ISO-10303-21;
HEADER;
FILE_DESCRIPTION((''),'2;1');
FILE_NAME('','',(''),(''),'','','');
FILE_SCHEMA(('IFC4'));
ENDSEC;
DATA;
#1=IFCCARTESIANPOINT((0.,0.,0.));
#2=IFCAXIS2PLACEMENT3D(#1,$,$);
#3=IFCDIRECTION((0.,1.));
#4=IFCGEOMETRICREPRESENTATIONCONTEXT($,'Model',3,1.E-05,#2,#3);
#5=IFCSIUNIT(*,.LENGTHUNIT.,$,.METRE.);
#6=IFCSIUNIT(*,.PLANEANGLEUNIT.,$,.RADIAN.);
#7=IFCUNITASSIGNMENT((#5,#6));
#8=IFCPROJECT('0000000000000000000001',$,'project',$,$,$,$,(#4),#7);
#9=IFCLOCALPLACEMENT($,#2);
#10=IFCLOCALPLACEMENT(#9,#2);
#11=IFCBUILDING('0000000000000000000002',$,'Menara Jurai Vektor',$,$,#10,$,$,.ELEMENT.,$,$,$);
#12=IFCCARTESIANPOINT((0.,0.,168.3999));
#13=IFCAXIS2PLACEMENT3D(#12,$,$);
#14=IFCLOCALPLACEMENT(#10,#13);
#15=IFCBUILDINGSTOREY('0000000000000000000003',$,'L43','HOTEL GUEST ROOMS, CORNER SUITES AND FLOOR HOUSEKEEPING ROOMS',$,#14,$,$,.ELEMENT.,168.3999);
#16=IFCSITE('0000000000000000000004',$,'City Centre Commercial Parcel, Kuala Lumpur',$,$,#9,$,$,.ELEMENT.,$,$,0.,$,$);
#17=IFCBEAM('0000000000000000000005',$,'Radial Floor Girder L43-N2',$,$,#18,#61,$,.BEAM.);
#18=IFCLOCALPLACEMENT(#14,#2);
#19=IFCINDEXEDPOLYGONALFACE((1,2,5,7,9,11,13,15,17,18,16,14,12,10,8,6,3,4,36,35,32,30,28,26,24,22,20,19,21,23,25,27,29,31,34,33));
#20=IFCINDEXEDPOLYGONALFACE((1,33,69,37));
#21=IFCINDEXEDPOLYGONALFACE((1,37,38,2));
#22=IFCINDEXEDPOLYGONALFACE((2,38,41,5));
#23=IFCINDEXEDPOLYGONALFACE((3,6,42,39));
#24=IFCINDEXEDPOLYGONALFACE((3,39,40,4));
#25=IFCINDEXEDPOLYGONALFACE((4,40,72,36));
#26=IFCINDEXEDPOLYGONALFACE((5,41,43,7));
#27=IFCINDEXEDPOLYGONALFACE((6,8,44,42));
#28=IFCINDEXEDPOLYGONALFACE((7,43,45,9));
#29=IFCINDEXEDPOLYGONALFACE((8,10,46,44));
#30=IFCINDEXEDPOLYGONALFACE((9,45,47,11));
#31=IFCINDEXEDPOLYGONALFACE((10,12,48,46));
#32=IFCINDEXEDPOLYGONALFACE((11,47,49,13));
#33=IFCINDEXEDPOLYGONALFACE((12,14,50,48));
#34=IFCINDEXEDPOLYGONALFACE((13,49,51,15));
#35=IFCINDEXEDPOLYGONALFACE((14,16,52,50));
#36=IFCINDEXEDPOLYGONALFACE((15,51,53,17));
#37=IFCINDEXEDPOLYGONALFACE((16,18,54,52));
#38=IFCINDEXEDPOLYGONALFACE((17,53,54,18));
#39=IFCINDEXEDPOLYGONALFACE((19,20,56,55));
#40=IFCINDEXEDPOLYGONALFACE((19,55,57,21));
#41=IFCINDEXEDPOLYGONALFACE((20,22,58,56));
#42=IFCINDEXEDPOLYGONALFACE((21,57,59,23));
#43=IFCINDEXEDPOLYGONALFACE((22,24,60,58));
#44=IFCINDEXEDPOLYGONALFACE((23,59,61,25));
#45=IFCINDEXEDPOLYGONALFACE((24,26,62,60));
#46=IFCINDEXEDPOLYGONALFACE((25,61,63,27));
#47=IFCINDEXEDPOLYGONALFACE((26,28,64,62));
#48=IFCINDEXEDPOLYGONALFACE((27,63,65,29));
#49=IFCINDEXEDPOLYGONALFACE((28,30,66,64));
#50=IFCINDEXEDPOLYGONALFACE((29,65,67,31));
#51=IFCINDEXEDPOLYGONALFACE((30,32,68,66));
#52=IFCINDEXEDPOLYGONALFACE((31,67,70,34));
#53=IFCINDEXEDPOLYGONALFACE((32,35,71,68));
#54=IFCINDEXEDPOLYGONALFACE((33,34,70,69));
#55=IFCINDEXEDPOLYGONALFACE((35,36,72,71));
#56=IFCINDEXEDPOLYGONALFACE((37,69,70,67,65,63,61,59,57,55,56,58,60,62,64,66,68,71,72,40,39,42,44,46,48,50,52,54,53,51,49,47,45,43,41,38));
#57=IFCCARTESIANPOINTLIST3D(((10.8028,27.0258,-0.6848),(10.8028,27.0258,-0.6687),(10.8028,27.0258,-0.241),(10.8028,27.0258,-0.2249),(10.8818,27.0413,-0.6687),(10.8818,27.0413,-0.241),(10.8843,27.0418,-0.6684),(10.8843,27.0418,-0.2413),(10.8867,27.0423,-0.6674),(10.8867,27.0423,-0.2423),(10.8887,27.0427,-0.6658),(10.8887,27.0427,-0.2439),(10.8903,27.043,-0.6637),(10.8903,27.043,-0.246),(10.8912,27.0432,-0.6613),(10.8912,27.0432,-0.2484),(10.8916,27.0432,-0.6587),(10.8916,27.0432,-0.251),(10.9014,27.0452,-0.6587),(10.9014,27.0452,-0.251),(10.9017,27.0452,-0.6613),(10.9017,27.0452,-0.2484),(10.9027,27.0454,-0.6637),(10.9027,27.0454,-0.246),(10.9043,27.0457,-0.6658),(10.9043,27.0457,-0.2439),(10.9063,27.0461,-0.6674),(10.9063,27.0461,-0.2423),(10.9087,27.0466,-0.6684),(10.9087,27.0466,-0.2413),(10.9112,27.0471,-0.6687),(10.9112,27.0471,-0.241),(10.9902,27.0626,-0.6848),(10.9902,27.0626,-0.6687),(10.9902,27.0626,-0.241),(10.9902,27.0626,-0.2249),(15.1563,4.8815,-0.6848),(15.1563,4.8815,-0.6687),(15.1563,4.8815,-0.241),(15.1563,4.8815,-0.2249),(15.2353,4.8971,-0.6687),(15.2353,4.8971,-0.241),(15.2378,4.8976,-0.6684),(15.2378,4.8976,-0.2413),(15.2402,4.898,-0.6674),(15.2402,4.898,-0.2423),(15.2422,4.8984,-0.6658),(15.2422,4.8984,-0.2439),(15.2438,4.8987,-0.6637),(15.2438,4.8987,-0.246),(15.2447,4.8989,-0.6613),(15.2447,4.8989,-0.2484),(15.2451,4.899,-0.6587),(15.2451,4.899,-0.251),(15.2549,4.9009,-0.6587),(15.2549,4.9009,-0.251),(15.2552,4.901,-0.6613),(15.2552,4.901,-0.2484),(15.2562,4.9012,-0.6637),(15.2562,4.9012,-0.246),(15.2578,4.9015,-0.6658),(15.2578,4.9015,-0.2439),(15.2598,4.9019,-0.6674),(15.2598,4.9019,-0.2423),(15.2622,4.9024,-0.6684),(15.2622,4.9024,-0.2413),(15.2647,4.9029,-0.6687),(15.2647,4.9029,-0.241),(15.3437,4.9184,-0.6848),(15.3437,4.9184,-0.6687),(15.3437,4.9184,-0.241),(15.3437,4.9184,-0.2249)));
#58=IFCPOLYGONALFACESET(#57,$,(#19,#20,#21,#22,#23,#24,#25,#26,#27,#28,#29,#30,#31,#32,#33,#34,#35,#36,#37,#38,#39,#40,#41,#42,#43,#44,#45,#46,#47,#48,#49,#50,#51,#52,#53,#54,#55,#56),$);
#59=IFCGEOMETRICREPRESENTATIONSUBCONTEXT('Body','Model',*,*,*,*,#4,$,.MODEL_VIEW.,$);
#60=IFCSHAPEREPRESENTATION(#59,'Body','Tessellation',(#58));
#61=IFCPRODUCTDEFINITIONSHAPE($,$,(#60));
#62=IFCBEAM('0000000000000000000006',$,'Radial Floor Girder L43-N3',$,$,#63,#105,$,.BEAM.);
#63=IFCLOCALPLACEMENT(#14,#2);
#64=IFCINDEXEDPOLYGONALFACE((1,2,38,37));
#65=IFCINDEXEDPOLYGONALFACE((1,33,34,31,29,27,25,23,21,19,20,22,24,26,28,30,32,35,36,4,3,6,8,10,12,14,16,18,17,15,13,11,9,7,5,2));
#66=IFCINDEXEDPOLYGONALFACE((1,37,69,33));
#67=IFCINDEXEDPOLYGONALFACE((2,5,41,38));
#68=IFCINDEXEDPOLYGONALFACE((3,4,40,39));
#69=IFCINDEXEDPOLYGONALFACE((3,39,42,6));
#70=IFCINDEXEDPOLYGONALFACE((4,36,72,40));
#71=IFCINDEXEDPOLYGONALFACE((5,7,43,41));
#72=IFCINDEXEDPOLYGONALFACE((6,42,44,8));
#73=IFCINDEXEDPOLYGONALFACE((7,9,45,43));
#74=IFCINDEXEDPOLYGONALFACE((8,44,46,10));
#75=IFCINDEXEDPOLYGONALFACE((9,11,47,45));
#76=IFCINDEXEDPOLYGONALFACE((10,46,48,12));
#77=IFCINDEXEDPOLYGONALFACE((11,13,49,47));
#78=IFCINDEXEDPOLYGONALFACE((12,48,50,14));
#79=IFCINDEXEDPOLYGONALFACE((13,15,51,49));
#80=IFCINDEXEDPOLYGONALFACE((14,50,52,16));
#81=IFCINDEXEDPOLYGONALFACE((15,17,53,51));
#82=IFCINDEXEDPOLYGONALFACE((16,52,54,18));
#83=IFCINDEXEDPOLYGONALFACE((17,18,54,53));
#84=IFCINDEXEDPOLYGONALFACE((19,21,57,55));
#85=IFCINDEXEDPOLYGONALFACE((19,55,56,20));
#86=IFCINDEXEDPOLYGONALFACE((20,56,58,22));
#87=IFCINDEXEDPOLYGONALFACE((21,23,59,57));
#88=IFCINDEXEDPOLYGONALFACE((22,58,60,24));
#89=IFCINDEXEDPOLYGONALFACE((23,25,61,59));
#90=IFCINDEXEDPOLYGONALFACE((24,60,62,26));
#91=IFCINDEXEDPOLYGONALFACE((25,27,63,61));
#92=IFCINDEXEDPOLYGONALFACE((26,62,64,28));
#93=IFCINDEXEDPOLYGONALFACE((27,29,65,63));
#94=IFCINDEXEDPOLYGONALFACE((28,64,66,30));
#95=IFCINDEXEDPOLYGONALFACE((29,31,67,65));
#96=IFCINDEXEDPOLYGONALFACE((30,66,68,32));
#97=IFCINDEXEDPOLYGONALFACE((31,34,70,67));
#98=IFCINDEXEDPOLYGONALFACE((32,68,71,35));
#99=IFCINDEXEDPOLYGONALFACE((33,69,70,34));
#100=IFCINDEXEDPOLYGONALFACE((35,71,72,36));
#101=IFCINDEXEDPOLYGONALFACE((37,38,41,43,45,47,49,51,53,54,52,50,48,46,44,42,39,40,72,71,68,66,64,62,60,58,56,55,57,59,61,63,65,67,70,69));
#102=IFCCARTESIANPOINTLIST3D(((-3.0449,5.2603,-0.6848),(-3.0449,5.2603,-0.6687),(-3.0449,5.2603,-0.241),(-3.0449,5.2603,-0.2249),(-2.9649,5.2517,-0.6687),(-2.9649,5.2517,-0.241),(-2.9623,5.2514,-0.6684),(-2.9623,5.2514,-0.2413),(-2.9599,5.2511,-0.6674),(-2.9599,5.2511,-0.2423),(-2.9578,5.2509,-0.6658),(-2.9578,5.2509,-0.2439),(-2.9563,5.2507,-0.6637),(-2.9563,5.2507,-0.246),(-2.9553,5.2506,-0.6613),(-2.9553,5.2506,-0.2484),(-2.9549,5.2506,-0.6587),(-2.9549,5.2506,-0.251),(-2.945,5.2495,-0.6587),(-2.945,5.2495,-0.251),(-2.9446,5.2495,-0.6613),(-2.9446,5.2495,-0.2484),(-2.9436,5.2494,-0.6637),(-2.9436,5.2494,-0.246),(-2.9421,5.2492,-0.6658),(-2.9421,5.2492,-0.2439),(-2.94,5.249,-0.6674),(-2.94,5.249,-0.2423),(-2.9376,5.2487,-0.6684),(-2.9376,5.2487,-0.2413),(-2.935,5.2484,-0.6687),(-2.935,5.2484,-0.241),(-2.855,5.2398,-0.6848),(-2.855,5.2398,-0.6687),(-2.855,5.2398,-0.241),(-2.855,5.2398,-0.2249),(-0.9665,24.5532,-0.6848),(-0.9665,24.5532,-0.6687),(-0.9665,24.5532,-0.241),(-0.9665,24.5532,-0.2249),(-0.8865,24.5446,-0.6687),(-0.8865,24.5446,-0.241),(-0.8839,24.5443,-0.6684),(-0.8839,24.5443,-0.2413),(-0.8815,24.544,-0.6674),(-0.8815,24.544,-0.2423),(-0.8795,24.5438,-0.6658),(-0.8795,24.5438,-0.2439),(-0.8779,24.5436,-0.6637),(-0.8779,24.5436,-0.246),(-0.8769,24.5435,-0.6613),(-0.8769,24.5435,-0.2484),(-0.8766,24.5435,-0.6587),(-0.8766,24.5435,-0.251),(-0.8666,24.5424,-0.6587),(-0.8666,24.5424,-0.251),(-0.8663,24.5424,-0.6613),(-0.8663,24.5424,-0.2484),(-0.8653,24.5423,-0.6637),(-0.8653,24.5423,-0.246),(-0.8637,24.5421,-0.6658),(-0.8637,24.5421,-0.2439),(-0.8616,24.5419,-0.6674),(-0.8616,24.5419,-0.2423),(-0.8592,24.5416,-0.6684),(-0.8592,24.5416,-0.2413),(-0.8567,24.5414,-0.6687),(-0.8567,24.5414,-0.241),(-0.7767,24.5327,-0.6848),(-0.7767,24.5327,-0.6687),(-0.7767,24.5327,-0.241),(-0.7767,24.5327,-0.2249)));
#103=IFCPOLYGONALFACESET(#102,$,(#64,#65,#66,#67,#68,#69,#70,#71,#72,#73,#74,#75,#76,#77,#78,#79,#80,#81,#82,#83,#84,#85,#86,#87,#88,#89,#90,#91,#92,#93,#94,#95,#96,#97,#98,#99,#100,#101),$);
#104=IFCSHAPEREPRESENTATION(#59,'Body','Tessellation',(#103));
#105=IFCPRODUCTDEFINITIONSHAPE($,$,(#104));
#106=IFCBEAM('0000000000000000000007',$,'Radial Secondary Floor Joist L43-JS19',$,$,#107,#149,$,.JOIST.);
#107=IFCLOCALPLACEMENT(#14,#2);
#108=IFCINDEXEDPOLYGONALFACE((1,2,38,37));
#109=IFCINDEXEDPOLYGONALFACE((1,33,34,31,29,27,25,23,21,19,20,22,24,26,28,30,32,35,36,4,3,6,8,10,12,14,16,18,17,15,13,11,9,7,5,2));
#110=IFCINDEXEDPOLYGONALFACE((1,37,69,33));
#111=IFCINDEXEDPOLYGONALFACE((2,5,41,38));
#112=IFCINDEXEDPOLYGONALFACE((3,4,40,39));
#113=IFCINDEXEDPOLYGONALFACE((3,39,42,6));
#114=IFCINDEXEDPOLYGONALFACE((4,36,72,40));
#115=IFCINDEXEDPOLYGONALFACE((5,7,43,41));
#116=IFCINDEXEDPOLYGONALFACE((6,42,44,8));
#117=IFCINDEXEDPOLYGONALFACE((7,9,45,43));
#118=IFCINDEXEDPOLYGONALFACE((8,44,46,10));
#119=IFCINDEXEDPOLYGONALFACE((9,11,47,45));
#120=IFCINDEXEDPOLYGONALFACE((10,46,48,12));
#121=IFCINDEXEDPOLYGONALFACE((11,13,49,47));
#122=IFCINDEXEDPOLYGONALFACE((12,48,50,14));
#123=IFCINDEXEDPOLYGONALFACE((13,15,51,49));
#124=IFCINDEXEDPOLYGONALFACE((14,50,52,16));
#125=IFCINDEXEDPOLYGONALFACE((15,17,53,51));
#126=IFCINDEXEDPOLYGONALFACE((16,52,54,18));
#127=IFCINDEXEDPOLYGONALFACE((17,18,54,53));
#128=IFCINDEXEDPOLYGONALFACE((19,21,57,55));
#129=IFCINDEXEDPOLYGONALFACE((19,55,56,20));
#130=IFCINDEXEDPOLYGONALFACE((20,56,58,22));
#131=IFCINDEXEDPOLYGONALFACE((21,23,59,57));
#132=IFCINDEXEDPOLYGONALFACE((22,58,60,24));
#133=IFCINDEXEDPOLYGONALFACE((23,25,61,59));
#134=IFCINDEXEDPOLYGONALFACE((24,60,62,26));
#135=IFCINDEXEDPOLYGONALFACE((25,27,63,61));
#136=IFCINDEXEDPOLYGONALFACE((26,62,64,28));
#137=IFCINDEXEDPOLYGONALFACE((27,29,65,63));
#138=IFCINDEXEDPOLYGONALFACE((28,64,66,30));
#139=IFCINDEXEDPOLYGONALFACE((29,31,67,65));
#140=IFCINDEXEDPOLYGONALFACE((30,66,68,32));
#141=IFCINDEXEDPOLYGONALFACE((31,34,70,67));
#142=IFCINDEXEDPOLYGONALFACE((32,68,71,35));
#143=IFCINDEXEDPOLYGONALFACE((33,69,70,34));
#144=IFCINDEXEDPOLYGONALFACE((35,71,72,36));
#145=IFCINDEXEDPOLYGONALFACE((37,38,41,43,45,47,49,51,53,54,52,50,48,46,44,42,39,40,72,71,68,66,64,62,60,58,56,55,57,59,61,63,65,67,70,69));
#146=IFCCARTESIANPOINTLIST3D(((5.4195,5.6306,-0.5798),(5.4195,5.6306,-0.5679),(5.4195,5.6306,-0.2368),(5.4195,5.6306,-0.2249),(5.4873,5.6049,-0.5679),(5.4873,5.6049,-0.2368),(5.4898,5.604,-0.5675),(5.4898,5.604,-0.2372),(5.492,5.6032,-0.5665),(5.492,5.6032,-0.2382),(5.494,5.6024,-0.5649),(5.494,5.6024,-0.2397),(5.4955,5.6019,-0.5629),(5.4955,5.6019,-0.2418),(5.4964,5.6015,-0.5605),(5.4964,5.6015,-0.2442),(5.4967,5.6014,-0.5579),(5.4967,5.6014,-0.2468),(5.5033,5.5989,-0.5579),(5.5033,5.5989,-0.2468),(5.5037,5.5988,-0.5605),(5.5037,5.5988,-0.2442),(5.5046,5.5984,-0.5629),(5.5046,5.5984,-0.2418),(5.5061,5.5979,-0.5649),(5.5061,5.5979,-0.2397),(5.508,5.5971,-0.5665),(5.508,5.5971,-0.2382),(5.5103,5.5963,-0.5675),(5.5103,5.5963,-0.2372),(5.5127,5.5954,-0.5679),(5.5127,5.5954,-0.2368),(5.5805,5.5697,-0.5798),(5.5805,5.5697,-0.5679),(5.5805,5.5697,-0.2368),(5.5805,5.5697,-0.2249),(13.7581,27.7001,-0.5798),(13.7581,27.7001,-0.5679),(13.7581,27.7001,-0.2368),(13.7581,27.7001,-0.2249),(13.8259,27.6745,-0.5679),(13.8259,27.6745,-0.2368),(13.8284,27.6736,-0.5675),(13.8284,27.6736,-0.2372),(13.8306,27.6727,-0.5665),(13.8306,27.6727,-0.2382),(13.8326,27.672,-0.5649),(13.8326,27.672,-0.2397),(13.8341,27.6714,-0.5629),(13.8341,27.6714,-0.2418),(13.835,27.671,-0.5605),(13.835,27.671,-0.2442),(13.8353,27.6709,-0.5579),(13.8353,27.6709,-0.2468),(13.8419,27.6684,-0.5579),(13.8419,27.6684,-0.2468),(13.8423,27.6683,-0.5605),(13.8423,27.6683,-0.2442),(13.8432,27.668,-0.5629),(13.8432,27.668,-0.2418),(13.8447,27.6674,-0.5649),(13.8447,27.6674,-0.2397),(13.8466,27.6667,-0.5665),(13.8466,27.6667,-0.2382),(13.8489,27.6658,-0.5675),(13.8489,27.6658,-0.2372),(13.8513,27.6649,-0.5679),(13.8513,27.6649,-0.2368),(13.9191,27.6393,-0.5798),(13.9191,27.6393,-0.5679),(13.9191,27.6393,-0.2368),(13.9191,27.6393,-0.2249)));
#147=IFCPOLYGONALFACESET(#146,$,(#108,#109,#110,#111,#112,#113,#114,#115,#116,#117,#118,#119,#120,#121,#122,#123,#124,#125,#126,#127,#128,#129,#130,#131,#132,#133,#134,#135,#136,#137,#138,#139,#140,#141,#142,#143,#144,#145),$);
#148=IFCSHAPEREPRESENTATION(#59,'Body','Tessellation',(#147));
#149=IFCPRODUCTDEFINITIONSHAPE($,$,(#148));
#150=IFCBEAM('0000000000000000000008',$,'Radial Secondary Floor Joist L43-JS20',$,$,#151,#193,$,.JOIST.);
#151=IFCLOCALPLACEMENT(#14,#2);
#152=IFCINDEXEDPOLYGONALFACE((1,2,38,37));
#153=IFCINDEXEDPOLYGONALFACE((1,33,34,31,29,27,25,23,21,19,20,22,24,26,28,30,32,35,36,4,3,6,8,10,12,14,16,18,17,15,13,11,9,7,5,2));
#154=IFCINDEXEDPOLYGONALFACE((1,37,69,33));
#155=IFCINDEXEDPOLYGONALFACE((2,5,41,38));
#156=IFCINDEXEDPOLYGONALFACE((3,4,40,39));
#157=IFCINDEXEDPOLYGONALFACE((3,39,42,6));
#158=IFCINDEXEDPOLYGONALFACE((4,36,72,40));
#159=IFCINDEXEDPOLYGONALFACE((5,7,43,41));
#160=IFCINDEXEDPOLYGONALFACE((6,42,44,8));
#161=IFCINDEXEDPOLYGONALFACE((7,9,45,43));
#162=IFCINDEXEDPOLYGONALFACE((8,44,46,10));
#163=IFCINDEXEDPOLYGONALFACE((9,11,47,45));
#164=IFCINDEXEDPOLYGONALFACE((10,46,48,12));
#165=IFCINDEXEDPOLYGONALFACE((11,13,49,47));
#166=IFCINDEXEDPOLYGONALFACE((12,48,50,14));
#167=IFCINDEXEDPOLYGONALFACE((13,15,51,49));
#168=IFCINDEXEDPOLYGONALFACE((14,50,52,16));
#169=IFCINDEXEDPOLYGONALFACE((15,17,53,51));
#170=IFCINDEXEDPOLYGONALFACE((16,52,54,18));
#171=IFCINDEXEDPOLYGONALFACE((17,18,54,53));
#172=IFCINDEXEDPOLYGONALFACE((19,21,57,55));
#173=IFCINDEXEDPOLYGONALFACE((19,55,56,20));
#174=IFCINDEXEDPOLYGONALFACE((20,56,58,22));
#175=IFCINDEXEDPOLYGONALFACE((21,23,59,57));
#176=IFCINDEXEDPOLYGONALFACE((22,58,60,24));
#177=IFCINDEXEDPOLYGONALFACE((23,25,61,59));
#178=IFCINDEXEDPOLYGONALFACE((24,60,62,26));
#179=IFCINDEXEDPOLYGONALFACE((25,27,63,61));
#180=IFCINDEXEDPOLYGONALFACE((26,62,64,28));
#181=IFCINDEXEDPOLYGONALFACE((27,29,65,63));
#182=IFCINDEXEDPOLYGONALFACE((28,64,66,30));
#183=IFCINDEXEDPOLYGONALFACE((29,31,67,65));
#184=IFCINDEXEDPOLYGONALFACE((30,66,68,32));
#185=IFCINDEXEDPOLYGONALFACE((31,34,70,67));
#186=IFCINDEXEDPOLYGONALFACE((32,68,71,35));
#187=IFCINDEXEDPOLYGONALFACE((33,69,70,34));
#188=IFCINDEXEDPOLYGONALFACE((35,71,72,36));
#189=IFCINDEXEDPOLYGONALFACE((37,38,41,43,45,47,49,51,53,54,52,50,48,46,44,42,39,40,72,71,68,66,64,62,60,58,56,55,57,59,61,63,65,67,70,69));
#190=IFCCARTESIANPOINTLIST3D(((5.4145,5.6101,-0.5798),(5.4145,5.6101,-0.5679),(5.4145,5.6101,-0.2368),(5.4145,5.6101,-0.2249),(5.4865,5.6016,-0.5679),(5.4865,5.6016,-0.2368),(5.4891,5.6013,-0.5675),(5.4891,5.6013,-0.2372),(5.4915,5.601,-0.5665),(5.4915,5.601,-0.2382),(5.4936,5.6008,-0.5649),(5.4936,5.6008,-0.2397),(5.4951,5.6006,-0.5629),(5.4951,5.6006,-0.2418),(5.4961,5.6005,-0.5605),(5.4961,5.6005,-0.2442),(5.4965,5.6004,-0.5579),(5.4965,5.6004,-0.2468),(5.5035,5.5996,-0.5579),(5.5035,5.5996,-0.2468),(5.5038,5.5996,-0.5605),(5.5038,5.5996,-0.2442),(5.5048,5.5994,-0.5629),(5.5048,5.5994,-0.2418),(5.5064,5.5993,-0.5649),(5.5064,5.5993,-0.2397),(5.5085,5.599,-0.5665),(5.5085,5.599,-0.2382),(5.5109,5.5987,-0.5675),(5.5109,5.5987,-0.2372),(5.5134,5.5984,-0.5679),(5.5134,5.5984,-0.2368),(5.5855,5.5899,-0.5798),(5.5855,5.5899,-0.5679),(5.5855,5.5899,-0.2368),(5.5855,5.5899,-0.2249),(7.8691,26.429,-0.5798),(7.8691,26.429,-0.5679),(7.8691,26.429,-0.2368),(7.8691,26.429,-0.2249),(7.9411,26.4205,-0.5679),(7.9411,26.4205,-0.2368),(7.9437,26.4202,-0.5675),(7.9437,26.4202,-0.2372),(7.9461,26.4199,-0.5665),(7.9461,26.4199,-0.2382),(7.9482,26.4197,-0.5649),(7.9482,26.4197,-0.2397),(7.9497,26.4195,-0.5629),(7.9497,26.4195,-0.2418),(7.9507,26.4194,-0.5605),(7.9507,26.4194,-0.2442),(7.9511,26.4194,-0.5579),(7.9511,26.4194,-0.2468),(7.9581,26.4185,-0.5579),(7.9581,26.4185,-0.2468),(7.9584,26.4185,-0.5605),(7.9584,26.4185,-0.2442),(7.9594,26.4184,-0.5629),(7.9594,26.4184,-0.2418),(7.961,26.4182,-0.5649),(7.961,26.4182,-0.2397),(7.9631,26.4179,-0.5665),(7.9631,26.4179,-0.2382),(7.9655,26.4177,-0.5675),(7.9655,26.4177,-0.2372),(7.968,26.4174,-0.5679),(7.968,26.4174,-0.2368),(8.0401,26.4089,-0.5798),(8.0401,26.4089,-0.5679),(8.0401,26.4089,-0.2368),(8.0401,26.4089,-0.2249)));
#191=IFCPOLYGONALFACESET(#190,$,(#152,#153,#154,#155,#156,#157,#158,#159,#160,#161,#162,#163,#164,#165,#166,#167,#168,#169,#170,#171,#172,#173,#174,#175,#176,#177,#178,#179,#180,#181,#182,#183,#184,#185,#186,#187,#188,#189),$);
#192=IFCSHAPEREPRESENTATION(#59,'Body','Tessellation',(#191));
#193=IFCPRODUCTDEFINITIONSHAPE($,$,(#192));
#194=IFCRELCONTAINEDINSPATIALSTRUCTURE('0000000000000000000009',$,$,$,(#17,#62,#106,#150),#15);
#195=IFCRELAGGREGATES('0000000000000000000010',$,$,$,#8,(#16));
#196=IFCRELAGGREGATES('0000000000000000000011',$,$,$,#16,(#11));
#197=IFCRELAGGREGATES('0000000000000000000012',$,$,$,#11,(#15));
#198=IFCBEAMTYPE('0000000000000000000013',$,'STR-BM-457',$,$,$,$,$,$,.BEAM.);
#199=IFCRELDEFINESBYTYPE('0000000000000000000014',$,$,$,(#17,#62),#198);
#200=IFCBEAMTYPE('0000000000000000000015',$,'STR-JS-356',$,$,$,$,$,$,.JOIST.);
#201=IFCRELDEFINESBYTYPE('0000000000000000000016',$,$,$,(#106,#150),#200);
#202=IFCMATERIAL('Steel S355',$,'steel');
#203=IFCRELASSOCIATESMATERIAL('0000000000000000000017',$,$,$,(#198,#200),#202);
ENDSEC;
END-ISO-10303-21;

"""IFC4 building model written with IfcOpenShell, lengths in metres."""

from ifc_helpers import new_model, si_unit, direction, frame, origin, origin_2d, place, context, subcontext, project, spatial, i_section, extrude, material, material_profile, profile_set, type_object, element, save


model = new_model("IFC4")

# Units and contexts
model_context = context("Model", 3, precision=1e-05, world=origin(), true_north=direction((0.0, 1.0)))
body_context = subcontext(model_context, "Body", "Model", "MODEL_VIEW")
ifc_project = project(units=[si_unit("LENGTHUNIT", "METRE"), si_unit("PLANEANGLEUNIT", "RADIAN")], contexts=[model_context])

# Site, building, storey
site_placement = place(None, origin())
site = spatial("IfcSite", under=ifc_project, at=site_placement, Name="City Centre Commercial Parcel, Kuala Lumpur", CompositionType="ELEMENT", RefElevation=0.0)
building_placement = place(site_placement, origin())
building = spatial("IfcBuilding", under=site, at=building_placement, Name="Menara Jurai Vektor", CompositionType="ELEMENT")
storey_placement = place(building_placement, frame((0.0, 0.0, 168.3999)))
storey = spatial("IfcBuildingStorey", under=building, at=storey_placement, Name="L43", Description="HOTEL GUEST ROOMS, CORNER SUITES AND FLOOR HOUSEKEEPING ROOMS", CompositionType="ELEMENT", Elevation=168.3999)

# Beams
ifc_material_1 = material(Name="Steel S355", Category="steel")
ifc_material_profile_1 = material_profile(ifc_material_1, i_section(OverallWidth=0.1909, OverallDepth=0.46, WebThickness=0.01, FlangeThickness=0.0161, FilletRadius=0.01, at=origin_2d()), Name="UKB 457x191x82")
ifc_profile_set_1 = profile_set([ifc_material_profile_1], Name="Steel S355")
beam_type_1 = type_object("IfcBeamType", Name="STR-BM-457", PredefinedType="BEAM", material=ifc_profile_set_1)
beam_1_placement = place(storey_placement, frame((10.8965, 27.0442, -0.4548), z_axis=(0.192905, -0.981217, 0.0), x_axis=(0.981217, 0.192905, 0.0)))
element("IfcBeam", 1, at=beam_1_placement, inside=storey, type_object=beam_type_1, Name="Radial Floor Girder L43-N2", PredefinedType="BEAM", context=body_context, shape_type="SweptSolid", body=[
    extrude(i_section(OverallWidth=0.1909, OverallDepth=0.46, WebThickness=0.01, FlangeThickness=0.0161, FilletRadius=0.01, at=origin_2d()), origin(), (0.0, 0.0, 1.0), 22.5681),
])
beam_2_placement = place(storey_placement, frame((-0.8716, 24.543, -0.4548), z_axis=(-0.107107, -0.994247, 0.0), x_axis=(0.994247, -0.107107, 0.0)))
element("IfcBeam", 2, at=beam_2_placement, inside=storey, type_object=beam_type_1, Name="Radial Floor Girder L43-N3", PredefinedType="BEAM", context=body_context, shape_type="SweptSolid", body=[
    extrude(i_section(OverallWidth=0.1909, OverallDepth=0.46, WebThickness=0.01, FlangeThickness=0.0161, FilletRadius=0.01, at=origin_2d()), origin(), (0.0, 0.0, 1.0), 19.4045),
])
ifc_material_profile_2 = material_profile(ifc_material_1, i_section(OverallWidth=0.1721, OverallDepth=0.355, WebThickness=0.0071, FlangeThickness=0.012, FilletRadius=0.01, at=origin_2d()), Name="UKB 356x171x51")
ifc_profile_set_2 = profile_set([ifc_material_profile_2], Name="Steel S355")
beam_type_2 = type_object("IfcBeamType", Name="STR-JS-356", PredefinedType="JOIST", material=ifc_profile_set_2)
beam_3_placement = place(storey_placement, frame((13.8386, 27.6697, -0.4023), z_axis=(-0.353446, -0.935455, 0.0), x_axis=(0.935455, -0.353446, 0.0)))
element("IfcBeam", 3, at=beam_3_placement, inside=storey, type_object=beam_type_2, Name="Radial Secondary Floor Joist L43-JS19", PredefinedType="JOIST", context=body_context, shape_type="SweptSolid", body=[
    extrude(i_section(OverallWidth=0.1721, OverallDepth=0.355, WebThickness=0.0071, FlangeThickness=0.012, FilletRadius=0.01, at=origin_2d()), origin(), (0.0, 0.0, 1.0), 23.5923),
])
beam_4_placement = place(storey_placement, frame((7.9546, 26.4189, -0.4023), z_axis=(-0.117091, -0.993121, 0.0), x_axis=(0.993121, -0.117091, 0.0)))
element("IfcBeam", 4, at=beam_4_placement, inside=storey, type_object=beam_type_2, Name="Radial Secondary Floor Joist L43-JS20", PredefinedType="JOIST", context=body_context, shape_type="SweptSolid", body=[
    extrude(i_section(OverallWidth=0.1721, OverallDepth=0.355, WebThickness=0.0071, FlangeThickness=0.012, FilletRadius=0.01, at=origin_2d()), origin(), (0.0, 0.0, 1.0), 20.9631),
])

save(model, "model.ifc")
